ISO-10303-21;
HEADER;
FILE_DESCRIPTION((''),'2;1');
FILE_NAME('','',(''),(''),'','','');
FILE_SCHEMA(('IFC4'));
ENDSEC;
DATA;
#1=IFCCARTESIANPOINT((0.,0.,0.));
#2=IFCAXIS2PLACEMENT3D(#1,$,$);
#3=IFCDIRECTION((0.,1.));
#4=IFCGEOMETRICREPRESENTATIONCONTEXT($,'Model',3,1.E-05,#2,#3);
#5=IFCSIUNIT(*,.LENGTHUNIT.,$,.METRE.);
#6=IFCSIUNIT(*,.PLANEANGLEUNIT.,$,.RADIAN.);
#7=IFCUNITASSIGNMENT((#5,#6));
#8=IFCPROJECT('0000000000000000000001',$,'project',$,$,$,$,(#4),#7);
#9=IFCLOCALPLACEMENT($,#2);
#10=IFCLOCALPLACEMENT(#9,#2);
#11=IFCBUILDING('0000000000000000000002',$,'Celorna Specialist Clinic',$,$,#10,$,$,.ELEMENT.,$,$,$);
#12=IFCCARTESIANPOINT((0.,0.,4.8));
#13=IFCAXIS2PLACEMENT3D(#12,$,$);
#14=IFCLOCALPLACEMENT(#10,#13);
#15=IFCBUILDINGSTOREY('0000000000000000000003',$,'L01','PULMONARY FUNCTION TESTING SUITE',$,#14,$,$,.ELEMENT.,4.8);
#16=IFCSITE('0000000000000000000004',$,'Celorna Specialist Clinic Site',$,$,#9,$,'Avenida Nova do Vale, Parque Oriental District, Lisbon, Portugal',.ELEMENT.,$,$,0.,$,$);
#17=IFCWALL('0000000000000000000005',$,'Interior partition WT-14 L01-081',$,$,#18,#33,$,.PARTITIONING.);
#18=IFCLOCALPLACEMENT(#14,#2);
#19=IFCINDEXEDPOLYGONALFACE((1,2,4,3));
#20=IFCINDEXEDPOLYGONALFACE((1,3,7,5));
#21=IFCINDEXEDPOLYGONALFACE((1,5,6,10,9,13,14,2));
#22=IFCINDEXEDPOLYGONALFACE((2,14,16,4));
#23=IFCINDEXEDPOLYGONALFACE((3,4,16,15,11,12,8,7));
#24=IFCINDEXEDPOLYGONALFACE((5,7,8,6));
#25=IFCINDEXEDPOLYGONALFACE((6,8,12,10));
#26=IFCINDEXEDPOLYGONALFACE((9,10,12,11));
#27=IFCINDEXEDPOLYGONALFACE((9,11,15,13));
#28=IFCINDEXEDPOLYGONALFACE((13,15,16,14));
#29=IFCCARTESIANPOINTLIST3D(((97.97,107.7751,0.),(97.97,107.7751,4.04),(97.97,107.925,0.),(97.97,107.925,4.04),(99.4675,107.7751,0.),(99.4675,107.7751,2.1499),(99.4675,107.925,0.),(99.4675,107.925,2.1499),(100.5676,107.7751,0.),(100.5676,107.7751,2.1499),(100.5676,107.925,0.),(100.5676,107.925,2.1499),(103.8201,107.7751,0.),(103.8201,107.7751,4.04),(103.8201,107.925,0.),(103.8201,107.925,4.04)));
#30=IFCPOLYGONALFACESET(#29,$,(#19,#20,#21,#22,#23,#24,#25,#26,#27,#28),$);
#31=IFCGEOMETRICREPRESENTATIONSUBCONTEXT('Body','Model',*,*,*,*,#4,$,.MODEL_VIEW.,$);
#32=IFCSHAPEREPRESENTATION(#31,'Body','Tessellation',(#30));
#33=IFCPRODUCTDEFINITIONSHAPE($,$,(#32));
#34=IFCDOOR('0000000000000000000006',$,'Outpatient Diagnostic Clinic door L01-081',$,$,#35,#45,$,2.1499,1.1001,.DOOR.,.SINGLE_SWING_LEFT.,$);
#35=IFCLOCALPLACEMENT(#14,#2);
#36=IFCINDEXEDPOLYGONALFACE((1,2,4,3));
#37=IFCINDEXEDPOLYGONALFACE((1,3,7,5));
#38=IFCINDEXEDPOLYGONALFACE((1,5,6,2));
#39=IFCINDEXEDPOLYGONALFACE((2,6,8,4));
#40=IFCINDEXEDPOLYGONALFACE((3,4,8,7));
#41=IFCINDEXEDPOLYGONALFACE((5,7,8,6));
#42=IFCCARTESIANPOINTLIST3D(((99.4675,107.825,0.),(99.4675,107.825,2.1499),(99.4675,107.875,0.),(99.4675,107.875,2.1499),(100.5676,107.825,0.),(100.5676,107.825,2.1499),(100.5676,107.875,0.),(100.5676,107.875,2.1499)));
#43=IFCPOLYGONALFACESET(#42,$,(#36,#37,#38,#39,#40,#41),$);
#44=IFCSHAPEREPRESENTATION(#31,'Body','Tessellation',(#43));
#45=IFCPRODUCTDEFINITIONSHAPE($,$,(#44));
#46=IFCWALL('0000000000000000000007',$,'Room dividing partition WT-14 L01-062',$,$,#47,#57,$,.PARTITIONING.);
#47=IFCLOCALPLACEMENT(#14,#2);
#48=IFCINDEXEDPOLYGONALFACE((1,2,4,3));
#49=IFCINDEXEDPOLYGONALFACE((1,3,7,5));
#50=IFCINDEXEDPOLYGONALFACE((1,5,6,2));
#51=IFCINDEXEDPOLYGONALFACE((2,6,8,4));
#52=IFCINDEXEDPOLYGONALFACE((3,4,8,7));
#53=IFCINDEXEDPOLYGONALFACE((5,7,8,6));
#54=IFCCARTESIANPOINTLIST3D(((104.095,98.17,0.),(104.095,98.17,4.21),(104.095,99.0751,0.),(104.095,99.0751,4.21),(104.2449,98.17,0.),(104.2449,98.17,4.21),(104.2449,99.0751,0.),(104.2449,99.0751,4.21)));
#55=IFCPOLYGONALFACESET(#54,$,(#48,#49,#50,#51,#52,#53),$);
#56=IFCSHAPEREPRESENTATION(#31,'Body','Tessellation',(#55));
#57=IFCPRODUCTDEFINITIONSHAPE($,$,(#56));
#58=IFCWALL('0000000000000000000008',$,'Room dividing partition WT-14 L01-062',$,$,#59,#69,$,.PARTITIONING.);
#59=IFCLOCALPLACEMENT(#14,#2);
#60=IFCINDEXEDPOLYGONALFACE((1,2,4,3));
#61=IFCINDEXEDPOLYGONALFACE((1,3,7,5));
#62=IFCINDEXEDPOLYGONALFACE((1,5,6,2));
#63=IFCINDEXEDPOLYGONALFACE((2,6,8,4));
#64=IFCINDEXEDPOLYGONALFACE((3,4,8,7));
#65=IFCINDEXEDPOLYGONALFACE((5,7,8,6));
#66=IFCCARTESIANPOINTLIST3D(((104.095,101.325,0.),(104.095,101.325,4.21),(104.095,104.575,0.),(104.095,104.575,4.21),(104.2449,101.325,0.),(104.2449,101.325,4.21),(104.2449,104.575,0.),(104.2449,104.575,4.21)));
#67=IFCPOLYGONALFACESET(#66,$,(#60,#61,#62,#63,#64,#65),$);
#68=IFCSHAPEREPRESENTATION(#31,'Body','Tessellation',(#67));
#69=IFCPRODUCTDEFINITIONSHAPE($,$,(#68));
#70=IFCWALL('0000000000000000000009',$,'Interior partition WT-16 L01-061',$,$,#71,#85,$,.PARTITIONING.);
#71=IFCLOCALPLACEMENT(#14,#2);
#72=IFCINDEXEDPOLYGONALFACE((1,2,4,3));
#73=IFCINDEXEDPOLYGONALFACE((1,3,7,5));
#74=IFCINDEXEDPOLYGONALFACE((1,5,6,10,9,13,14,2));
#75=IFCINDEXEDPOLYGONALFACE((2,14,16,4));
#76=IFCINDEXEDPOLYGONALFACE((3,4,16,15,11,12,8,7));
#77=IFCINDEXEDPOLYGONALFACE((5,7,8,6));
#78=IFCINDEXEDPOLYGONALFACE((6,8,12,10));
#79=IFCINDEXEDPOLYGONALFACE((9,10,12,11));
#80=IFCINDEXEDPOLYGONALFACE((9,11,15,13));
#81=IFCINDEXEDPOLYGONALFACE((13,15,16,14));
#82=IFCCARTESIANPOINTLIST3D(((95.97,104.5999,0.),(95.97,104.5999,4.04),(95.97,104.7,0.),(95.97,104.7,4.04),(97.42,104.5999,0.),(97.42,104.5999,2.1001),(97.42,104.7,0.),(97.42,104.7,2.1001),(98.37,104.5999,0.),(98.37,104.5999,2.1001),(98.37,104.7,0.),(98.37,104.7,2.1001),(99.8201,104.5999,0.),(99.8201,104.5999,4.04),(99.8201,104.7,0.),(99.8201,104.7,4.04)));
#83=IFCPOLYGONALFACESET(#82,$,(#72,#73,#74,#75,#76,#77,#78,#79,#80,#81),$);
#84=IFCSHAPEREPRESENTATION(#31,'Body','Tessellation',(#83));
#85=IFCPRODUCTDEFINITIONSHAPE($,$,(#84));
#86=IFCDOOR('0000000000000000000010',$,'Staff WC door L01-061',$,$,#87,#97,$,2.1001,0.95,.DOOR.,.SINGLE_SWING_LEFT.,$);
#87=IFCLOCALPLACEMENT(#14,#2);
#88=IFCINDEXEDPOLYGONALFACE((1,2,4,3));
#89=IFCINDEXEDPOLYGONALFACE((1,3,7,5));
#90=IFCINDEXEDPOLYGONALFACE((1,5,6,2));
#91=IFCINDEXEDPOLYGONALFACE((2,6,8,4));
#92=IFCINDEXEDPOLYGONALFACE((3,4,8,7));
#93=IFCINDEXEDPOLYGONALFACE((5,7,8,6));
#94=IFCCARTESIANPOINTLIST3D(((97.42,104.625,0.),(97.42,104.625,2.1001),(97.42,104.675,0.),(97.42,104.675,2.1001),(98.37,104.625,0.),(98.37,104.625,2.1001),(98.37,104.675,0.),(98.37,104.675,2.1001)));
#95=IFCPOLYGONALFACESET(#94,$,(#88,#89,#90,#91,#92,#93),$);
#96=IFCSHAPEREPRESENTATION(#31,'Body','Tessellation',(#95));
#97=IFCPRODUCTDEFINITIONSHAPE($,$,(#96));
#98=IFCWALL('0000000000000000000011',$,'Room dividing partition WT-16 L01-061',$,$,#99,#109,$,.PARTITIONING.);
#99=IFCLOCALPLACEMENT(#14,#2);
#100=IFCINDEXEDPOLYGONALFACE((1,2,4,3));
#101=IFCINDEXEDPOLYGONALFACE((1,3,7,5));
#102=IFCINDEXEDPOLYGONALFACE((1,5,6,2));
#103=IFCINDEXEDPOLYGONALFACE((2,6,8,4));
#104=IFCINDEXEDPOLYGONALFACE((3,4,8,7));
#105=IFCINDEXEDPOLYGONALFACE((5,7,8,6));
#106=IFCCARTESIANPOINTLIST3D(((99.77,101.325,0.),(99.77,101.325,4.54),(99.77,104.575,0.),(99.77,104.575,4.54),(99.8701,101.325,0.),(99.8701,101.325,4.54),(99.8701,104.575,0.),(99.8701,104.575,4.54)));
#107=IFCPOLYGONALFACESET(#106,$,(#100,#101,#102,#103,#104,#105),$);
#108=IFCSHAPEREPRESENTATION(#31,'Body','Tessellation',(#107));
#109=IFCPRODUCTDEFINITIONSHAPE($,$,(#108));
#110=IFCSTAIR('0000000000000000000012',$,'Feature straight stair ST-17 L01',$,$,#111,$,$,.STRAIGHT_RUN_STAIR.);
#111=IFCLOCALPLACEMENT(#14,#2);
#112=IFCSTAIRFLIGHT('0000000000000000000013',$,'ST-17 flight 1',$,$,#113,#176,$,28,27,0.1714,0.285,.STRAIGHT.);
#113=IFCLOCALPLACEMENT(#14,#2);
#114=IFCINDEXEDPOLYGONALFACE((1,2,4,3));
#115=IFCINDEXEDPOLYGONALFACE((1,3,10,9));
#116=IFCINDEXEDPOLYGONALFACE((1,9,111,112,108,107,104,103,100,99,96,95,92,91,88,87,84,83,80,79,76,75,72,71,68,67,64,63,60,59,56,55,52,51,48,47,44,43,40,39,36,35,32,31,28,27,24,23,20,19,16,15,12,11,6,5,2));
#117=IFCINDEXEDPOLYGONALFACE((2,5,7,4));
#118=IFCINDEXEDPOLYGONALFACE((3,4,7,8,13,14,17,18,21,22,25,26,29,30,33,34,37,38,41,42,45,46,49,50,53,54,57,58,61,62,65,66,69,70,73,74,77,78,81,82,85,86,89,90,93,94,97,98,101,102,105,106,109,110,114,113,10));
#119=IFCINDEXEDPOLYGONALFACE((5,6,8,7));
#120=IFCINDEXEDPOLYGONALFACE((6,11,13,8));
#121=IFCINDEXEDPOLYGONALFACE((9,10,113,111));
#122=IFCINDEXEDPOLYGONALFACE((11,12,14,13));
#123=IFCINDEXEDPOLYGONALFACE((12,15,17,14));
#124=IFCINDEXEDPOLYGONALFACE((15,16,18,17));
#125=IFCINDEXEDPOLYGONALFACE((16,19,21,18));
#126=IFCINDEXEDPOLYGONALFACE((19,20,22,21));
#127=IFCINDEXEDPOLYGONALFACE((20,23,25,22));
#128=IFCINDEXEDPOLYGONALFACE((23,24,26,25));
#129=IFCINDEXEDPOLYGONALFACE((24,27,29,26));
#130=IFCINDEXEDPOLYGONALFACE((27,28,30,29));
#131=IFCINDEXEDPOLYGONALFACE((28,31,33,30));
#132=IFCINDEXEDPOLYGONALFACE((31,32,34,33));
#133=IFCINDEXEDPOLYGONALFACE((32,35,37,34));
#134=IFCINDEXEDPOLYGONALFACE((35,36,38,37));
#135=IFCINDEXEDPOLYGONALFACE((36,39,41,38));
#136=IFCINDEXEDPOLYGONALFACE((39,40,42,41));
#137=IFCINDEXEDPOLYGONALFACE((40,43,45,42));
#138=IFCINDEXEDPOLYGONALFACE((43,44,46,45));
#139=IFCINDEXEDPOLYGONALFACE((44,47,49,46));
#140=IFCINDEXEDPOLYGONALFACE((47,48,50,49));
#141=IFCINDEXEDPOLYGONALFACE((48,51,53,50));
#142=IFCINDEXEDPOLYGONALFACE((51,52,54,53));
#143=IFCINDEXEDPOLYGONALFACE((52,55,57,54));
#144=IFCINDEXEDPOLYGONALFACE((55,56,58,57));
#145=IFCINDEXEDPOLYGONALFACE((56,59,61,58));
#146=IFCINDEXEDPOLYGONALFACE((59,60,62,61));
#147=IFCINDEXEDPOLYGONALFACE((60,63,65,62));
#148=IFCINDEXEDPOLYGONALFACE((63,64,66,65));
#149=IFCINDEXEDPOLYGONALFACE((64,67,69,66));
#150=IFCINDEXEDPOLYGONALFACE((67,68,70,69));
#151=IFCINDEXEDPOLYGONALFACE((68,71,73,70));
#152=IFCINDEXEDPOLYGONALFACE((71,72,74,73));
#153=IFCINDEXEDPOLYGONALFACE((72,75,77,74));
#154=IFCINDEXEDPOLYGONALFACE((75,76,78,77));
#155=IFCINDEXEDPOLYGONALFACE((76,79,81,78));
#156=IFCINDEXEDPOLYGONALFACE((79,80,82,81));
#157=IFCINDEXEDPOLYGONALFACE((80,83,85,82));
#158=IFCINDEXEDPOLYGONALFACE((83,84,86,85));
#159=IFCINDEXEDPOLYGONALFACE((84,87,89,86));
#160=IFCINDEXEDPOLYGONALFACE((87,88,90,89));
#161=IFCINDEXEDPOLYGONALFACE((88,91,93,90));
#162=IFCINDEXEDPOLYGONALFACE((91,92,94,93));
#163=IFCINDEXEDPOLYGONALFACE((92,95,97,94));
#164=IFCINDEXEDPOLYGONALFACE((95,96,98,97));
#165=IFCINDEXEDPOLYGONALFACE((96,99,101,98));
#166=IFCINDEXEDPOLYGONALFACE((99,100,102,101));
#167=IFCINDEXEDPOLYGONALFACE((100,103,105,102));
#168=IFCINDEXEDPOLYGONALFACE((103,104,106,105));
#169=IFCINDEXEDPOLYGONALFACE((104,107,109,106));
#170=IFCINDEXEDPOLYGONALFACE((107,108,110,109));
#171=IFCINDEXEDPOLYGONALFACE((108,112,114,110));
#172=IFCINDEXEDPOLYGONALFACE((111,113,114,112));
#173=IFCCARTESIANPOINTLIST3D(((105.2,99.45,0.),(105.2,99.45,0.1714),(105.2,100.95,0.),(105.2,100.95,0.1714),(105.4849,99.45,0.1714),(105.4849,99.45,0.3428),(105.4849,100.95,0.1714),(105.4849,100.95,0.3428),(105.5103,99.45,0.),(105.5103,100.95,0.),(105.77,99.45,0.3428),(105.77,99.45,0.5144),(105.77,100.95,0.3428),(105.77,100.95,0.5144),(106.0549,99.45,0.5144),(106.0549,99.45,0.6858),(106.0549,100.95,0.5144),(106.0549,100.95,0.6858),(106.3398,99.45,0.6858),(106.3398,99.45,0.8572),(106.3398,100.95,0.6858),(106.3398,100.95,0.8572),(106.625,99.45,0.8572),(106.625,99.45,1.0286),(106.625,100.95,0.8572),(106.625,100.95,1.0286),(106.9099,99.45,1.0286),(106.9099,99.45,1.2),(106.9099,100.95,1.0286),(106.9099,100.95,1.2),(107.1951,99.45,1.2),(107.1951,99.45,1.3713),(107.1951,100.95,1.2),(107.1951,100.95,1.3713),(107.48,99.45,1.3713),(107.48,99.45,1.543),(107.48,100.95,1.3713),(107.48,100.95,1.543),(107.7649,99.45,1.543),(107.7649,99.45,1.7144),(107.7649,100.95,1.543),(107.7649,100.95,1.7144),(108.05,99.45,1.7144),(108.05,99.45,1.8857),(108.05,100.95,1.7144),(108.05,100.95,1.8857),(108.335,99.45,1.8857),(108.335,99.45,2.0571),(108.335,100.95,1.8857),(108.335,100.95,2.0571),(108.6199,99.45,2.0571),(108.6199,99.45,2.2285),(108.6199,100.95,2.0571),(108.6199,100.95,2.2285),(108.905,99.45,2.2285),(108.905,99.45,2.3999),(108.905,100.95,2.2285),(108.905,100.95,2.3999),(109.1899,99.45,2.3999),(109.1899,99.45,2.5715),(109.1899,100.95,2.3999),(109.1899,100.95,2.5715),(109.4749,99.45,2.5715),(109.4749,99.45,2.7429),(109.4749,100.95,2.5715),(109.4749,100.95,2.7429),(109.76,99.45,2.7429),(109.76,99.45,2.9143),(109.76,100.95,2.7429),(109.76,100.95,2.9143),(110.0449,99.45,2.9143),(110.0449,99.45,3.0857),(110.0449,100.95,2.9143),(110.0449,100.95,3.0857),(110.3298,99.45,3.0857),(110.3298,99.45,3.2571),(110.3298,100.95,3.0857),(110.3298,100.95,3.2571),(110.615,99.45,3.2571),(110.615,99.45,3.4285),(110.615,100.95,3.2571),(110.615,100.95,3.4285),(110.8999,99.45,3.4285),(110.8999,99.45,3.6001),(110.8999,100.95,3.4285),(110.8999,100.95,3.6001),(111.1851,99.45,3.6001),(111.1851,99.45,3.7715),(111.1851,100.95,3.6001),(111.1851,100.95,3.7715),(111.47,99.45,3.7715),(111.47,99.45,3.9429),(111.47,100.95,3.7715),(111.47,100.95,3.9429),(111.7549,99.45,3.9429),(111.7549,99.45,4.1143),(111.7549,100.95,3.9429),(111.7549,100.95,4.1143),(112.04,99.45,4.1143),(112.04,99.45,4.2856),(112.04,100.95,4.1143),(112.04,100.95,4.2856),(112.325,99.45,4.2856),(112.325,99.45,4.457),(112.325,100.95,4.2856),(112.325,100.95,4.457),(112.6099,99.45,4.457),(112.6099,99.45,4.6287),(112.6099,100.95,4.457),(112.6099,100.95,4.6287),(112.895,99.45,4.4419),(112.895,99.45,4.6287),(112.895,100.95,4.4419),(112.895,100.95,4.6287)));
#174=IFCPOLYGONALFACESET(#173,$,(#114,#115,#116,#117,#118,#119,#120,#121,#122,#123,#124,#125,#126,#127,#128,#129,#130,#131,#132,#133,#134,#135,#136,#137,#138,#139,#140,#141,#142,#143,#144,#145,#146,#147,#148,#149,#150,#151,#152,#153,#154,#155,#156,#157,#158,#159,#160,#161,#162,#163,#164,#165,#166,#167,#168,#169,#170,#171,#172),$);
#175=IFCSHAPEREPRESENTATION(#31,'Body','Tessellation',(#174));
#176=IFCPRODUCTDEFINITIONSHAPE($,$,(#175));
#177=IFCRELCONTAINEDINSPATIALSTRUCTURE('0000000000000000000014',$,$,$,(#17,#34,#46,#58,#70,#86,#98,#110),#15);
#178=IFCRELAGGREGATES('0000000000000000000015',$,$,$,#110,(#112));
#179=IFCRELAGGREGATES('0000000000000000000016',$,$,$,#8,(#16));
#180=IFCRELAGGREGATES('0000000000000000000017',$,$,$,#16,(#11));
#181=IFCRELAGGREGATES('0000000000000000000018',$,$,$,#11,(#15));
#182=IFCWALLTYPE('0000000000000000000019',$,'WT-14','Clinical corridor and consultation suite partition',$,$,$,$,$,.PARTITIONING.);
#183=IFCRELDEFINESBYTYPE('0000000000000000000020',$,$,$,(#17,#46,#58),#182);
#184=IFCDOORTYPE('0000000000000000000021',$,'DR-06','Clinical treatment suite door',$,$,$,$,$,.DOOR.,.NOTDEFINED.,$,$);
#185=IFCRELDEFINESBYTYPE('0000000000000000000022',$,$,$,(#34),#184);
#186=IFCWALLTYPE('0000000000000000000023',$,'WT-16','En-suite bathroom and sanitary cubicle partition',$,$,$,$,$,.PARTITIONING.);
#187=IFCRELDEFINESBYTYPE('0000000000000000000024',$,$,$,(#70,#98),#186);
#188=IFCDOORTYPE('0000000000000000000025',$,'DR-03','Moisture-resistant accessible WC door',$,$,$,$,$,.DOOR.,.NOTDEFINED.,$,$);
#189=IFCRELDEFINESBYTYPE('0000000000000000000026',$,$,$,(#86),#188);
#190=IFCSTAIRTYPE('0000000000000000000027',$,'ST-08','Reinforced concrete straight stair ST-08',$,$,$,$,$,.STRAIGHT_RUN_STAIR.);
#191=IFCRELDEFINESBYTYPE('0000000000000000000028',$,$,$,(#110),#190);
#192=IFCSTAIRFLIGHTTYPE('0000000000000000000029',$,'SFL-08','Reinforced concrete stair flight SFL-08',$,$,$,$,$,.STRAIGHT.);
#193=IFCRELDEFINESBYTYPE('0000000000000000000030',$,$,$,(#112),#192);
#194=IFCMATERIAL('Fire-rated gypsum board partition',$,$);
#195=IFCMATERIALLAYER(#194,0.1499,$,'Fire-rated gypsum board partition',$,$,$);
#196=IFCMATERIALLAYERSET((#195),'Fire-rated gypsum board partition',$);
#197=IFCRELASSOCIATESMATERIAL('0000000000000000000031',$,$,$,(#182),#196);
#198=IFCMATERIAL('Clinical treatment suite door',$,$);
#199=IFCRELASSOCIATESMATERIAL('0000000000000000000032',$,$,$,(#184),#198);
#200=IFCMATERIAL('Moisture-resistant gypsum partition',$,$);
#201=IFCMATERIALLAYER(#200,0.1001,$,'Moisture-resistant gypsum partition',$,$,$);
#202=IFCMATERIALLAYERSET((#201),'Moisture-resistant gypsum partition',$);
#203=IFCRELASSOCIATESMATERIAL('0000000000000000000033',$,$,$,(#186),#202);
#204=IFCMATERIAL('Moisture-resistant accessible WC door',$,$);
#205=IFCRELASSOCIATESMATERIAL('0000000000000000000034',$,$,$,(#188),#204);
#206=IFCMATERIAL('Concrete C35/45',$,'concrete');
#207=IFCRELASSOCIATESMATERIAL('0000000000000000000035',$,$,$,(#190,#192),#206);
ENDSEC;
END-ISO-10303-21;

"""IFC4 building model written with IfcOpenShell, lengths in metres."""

from ifc_helpers import new_model, si_unit, direction, frame, frame_2d, origin, place, context, subcontext, project, spatial, polyline, rectangle, outline, extrude, material, layer, layer_set, type_object, element, fill, aggregate, save


model = new_model("IFC4")

# Units and contexts
model_context = context("Model", 3, precision=1e-05, world=origin(), true_north=direction((0.0, 1.0)))
body_context = subcontext(model_context, "Body", "Model", "MODEL_VIEW")
ifc_project = project(units=[si_unit("LENGTHUNIT", "METRE"), si_unit("PLANEANGLEUNIT", "RADIAN")], contexts=[model_context])

# Site, building, storey
site_placement = place(None, origin())
site = spatial("IfcSite", under=ifc_project, at=site_placement, Name="Celorna Specialist Clinic Site", LongName="Avenida Nova do Vale, Parque Oriental District, Lisbon, Portugal", CompositionType="ELEMENT", RefElevation=0.0)
building_placement = place(site_placement, origin())
building = spatial("IfcBuilding", under=site, at=building_placement, Name="Celorna Specialist Clinic", CompositionType="ELEMENT")
storey_placement = place(building_placement, frame((0.0, 0.0, 4.8)))
storey = spatial("IfcBuildingStorey", under=building, at=storey_placement, Name="L01", Description="PULMONARY FUNCTION TESTING SUITE", CompositionType="ELEMENT", Elevation=4.8)

# Wall, opening, door
ifc_material_1 = material(Name="Fire-rated gypsum board partition")
ifc_layer_1 = layer(ifc_material_1, 0.1499, Name="Fire-rated gypsum board partition")
ifc_layer_set_1 = layer_set([ifc_layer_1], Name="Fire-rated gypsum board partition")
wall_type_1 = type_object("IfcWallType", Name="WT-14", Description="Clinical corridor and consultation suite partition", PredefinedType="PARTITIONING", material=ifc_layer_set_1)
wall_1_placement = place(storey_placement, frame((97.97, 107.8501, 0.0), z_axis=(0.0, 0.0, 1.0), x_axis=(1.0, 0.0, 0.0)))
wall_1 = element("IfcWall", 1, at=wall_1_placement, inside=storey, type_object=wall_type_1, Name="Interior partition WT-14 L01-081", PredefinedType="PARTITIONING", context=body_context, shape_type="SweptSolid", body=[
    extrude(rectangle(XDim=5.8501, YDim=0.1499, at=frame_2d((2.925, 0.0))), origin(), (0.0, 0.0, 1.0), 4.04),
])
opening_1_placement = place(wall_1_placement, frame((1.4976, 0.0, 0.0)))
opening_1 = element("IfcOpeningElement", 2, at=opening_1_placement, cuts=wall_1, PredefinedType="OPENING", context=body_context, shape_type="SweptSolid", body=[
    extrude(rectangle(XDim=1.1001, YDim=2.1499, at=frame_2d((0.55, 1.075))), frame((0.0, 0.085, 0.0), z_axis=(0.0, -1.0, 0.0), x_axis=(1.0, 0.0, 0.0)), (0.0, 0.0, 1.0), 0.1699),
])
ifc_material_2 = material(Name="Clinical treatment suite door")
door_type_1 = type_object("IfcDoorType", Name="DR-06", Description="Clinical treatment suite door", OperationType="NOTDEFINED", PredefinedType="DOOR", material=ifc_material_2)
door_1_placement = place(opening_1_placement, origin())
door_1 = element("IfcDoor", 3, at=door_1_placement, inside=storey, type_object=door_type_1, Name="Outpatient Diagnostic Clinic door L01-081", OperationType="SINGLE_SWING_LEFT", OverallHeight=2.1499, OverallWidth=1.1001, PredefinedType="DOOR", context=body_context, shape_type="SweptSolid", body=[
    extrude(rectangle(XDim=1.1001, YDim=2.1499, at=frame_2d((0.55, 1.075))), frame((0.0, 0.0249, 0.0), z_axis=(0.0, -1.0, 0.0), x_axis=(1.0, 0.0, 0.0)), (0.0, 0.0, 1.0), 0.05),
])
fill(opening_1, door_1)

# Walls
wall_2_placement = place(storey_placement, frame((104.1699, 98.1699, 0.0), z_axis=(0.0, 0.0, 1.0), x_axis=(0.0, 1.0, 0.0)))
element("IfcWall", 4, at=wall_2_placement, inside=storey, type_object=wall_type_1, Name="Room dividing partition WT-14 L01-062", PredefinedType="PARTITIONING", context=body_context, shape_type="SweptSolid", body=[
    extrude(rectangle(XDim=0.905, YDim=0.1499, at=frame_2d((0.4526, 0.0))), origin(), (0.0, 0.0, 1.0), 4.21),
])
wall_3_placement = place(storey_placement, frame((104.1699, 101.325, 0.0), z_axis=(0.0, 0.0, 1.0), x_axis=(0.0, 1.0, 0.0)))
element("IfcWall", 5, at=wall_3_placement, inside=storey, type_object=wall_type_1, Name="Room dividing partition WT-14 L01-062", PredefinedType="PARTITIONING", context=body_context, shape_type="SweptSolid", body=[
    extrude(rectangle(XDim=3.25, YDim=0.1499, at=frame_2d((1.625, 0.0))), origin(), (0.0, 0.0, 1.0), 4.21),
])

# Wall, opening, door
ifc_material_3 = material(Name="Moisture-resistant gypsum partition")
ifc_layer_2 = layer(ifc_material_3, 0.1001, Name="Moisture-resistant gypsum partition")
ifc_layer_set_2 = layer_set([ifc_layer_2], Name="Moisture-resistant gypsum partition")
wall_type_2 = type_object("IfcWallType", Name="WT-16", Description="En-suite bathroom and sanitary cubicle partition", PredefinedType="PARTITIONING", material=ifc_layer_set_2)
wall_4_placement = place(storey_placement, frame((99.8201, 104.6499, 0.0), z_axis=(0.0, 0.0, 1.0), x_axis=(-1.0, 0.0, 0.0)))
wall_4 = element("IfcWall", 6, at=wall_4_placement, inside=storey, type_object=wall_type_2, Name="Interior partition WT-16 L01-061", PredefinedType="PARTITIONING", context=body_context, shape_type="SweptSolid", body=[
    extrude(rectangle(XDim=3.8501, YDim=0.1001, at=frame_2d((1.925, 0.0))), origin(), (0.0, 0.0, 1.0), 4.04),
])
opening_2_placement = place(wall_4_placement, frame((1.45, 0.0, 0.0)))
opening_2 = element("IfcOpeningElement", 7, at=opening_2_placement, cuts=wall_4, PredefinedType="OPENING", context=body_context, shape_type="SweptSolid", body=[
    extrude(rectangle(XDim=0.95, YDim=2.1001, at=frame_2d((0.4751, 1.05))), frame((0.0, 0.0601, 0.0), z_axis=(0.0, -1.0, 0.0), x_axis=(1.0, 0.0, 0.0)), (0.0, 0.0, 1.0), 0.1201),
])
ifc_material_4 = material(Name="Moisture-resistant accessible WC door")
door_type_2 = type_object("IfcDoorType", Name="DR-03", Description="Moisture-resistant accessible WC door", OperationType="NOTDEFINED", PredefinedType="DOOR", material=ifc_material_4)
door_2_placement = place(opening_2_placement, origin())
door_2 = element("IfcDoor", 8, at=door_2_placement, inside=storey, type_object=door_type_2, Name="Staff WC door L01-061", OperationType="SINGLE_SWING_LEFT", OverallHeight=2.1001, OverallWidth=0.95, PredefinedType="DOOR", context=body_context, shape_type="SweptSolid", body=[
    extrude(rectangle(XDim=0.95, YDim=2.1001, at=frame_2d((0.4751, 1.05))), frame((0.0, 0.0249, 0.0), z_axis=(0.0, -1.0, 0.0), x_axis=(1.0, 0.0, 0.0)), (0.0, 0.0, 1.0), 0.05),
])
fill(opening_2, door_2)

# Wall
wall_5_placement = place(storey_placement, frame((99.8201, 101.325, 0.0), z_axis=(0.0, 0.0, 1.0), x_axis=(0.0, 1.0, 0.0)))
element("IfcWall", 9, at=wall_5_placement, inside=storey, type_object=wall_type_2, Name="Room dividing partition WT-16 L01-061", PredefinedType="PARTITIONING", context=body_context, shape_type="SweptSolid", body=[
    extrude(rectangle(XDim=3.25, YDim=0.1001, at=frame_2d((1.625, 0.0))), origin(), (0.0, 0.0, 1.0), 4.54),
])

# Stair, stair flight
ifc_material_5 = material(Name="Concrete C35/45", Category="concrete")
stair_type = type_object("IfcStairType", Name="ST-08", Description="Reinforced concrete straight stair ST-08", PredefinedType="STRAIGHT_RUN_STAIR", material=ifc_material_5)
stair_placement = place(storey_placement, origin())
stair = element("IfcStair", 10, at=stair_placement, inside=storey, type_object=stair_type, Name="Feature straight stair ST-17 L01", PredefinedType="STRAIGHT_RUN_STAIR")
stair_flight_type = type_object("IfcStairFlightType", Name="SFL-08", Description="Reinforced concrete stair flight SFL-08", PredefinedType="STRAIGHT", material=ifc_material_5)
stair_flight_placement = place(storey_placement, frame((105.2, 100.2, 0.0), z_axis=(0.0, 0.0, 1.0), x_axis=(1.0, 0.0, 0.0)))
stair_flight = element("IfcStairFlight", 11, at=stair_flight_placement, type_object=stair_flight_type, Name="ST-17 flight 1", NumberOfRisers=28, NumberOfTreads=27, PredefinedType="STRAIGHT", RiserHeight=0.1714, TreadLength=0.285, context=body_context, shape_type="SweptSolid", body=[
    extrude(outline(polyline([(0.0, 0.0), (0.0, 0.1714), (0.2849, 0.1714), (0.2849, 0.3428), (0.5701, 0.3428), (0.5701, 0.5144), (0.855, 0.5144), (0.855, 0.6858), (1.1399, 0.6858), (1.1399, 0.8572), (1.425, 0.8572), (1.425, 1.0286), (1.71, 1.0286), (1.71, 1.2), (1.9951, 1.2), (1.9951, 1.3713), (2.28, 1.3713), (2.28, 1.543), (2.5649, 1.543), (2.5649, 1.7144), (2.8501, 1.7144), (2.8501, 1.8857), (3.135, 1.8857), (3.135, 2.0571), (3.4199, 2.0571), (3.4199, 2.2285), (3.7051, 2.2285), (3.7051, 2.3999), (3.99, 2.3999), (3.99, 2.5715), (4.2749, 2.5715), (4.2749, 2.7429), (4.5601, 2.7429), (4.5601, 2.9143), (4.845, 2.9143), (4.845, 3.0857), (5.1299, 3.0857), (5.1299, 3.2571), (5.415, 3.2571), (5.415, 3.4285), (5.7, 3.4285), (5.7, 3.6001), (5.9851, 3.6001), (5.9851, 3.7715), (6.27, 3.7715), (6.27, 3.9429), (6.5549, 3.9429), (6.5549, 4.1143), (6.8401, 4.1143), (6.8401, 4.2856), (7.125, 4.2856), (7.125, 4.457), (7.4099, 4.457), (7.4099, 4.6287), (7.6951, 4.6287), (7.6951, 4.8), (7.6951, 4.4419), (0.3103, 0.0), (0.0, 0.0)])), frame((0.0, 0.75, 0.0), z_axis=(0.0, -1.0, 0.0), x_axis=(1.0, 0.0, 0.0)), (0.0, 0.0, 1.0), 1.5),
])
aggregate(stair, [stair_flight])

save(model, "model.ifc")
